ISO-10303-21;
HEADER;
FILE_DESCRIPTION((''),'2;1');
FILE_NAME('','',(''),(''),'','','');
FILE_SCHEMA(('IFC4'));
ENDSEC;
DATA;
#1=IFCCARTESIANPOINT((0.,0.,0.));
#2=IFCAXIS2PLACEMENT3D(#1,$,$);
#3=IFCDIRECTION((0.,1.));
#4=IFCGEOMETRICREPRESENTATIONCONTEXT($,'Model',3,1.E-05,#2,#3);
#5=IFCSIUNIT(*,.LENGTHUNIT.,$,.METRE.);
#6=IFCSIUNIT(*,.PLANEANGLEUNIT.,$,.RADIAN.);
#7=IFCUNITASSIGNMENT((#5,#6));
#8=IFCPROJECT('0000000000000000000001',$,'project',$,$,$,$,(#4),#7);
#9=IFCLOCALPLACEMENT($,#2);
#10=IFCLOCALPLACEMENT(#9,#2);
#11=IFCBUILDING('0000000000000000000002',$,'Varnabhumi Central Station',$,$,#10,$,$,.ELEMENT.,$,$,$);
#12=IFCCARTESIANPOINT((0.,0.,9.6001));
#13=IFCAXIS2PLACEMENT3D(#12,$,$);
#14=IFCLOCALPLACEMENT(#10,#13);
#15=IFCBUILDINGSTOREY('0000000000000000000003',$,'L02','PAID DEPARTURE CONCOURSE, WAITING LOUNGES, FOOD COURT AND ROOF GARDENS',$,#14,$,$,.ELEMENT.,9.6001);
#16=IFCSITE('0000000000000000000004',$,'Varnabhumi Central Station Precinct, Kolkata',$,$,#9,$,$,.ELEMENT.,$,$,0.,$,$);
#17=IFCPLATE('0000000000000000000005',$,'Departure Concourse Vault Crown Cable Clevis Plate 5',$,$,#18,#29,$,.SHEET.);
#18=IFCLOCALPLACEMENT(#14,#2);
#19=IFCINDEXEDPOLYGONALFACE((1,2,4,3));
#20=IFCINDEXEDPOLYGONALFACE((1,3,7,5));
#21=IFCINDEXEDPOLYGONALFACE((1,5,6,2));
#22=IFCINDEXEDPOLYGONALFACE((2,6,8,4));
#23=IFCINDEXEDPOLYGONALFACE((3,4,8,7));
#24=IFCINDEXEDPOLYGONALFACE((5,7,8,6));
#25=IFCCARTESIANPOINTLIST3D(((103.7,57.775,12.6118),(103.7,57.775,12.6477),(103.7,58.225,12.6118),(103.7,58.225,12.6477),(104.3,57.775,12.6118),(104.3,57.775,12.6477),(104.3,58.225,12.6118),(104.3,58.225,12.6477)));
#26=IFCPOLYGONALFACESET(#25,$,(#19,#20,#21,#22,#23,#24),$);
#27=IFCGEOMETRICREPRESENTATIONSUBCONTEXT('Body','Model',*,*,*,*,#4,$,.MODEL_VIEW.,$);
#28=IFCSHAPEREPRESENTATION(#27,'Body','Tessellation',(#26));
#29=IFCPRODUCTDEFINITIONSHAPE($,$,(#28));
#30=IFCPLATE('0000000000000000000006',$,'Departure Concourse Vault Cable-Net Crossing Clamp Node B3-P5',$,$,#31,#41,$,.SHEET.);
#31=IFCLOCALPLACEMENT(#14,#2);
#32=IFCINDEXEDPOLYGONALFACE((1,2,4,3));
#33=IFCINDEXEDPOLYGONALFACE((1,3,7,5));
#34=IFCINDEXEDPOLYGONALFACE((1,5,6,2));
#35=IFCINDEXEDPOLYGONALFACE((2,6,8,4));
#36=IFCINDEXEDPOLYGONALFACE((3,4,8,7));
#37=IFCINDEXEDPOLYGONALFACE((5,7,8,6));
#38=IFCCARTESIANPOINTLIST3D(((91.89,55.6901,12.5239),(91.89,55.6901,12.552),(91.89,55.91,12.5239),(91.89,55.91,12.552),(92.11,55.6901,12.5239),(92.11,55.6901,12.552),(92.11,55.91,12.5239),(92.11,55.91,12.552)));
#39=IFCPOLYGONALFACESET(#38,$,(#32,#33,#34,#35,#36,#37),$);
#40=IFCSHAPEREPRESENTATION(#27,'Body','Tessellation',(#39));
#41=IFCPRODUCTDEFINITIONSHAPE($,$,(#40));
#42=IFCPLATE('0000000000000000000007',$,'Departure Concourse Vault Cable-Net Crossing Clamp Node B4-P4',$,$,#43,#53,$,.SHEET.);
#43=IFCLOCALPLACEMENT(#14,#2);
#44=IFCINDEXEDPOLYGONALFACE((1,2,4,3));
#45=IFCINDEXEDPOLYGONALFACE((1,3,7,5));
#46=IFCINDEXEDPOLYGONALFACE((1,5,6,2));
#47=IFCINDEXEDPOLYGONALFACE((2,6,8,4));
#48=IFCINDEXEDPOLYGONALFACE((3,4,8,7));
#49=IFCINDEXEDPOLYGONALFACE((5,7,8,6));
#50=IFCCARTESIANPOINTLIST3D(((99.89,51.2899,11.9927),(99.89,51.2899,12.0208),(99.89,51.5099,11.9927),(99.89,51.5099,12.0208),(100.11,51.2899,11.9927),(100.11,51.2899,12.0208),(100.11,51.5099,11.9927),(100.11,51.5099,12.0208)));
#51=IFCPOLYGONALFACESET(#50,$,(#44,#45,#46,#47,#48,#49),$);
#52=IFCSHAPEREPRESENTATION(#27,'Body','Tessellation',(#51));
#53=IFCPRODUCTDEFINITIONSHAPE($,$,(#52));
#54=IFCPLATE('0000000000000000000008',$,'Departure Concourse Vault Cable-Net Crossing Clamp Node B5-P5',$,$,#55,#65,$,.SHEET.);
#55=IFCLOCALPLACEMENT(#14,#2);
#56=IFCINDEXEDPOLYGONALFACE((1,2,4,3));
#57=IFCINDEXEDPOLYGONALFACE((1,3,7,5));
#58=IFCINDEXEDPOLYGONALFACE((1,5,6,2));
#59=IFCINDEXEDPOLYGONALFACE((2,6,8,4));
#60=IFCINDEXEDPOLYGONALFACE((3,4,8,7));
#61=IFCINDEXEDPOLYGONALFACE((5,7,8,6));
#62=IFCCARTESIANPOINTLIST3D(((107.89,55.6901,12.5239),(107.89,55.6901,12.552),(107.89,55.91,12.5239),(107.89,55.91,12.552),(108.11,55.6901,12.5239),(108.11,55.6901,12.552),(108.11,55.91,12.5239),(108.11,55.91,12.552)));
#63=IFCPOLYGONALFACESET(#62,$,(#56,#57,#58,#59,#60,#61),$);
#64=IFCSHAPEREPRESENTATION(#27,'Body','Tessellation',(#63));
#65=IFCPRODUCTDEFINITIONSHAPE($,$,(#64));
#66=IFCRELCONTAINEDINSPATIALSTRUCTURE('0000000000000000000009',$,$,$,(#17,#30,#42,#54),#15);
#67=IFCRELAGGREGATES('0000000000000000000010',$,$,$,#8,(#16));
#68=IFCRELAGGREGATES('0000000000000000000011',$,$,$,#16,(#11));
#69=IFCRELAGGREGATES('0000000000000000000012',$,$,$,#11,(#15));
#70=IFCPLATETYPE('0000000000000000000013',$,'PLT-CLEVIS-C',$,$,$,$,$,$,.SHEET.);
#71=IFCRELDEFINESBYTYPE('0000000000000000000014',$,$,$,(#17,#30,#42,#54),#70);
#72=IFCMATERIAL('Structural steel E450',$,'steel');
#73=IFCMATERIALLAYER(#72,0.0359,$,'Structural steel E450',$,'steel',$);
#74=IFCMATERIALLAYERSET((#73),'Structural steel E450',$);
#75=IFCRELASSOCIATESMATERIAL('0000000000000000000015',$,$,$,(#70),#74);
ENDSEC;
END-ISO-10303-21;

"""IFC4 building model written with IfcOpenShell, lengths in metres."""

from ifc_helpers import new_model, si_unit, direction, frame, origin, origin_2d, place, context, subcontext, project, spatial, rectangle, extrude, material, layer, layer_set, type_object, element, save


model = new_model("IFC4")

# Units and contexts
model_context = context("Model", 3, precision=1e-05, world=origin(), true_north=direction((0.0, 1.0)))
body_context = subcontext(model_context, "Body", "Model", "MODEL_VIEW")
ifc_project = project(units=[si_unit("LENGTHUNIT", "METRE"), si_unit("PLANEANGLEUNIT", "RADIAN")], contexts=[model_context])

# Site, building, storey
site_placement = place(None, origin())
site = spatial("IfcSite", under=ifc_project, at=site_placement, Name="Varnabhumi Central Station Precinct, Kolkata", CompositionType="ELEMENT", RefElevation=0.0)
building_placement = place(site_placement, origin())
building = spatial("IfcBuilding", under=site, at=building_placement, Name="Varnabhumi Central Station", CompositionType="ELEMENT")
storey_placement = place(building_placement, frame((0.0, 0.0, 9.6001)))
storey = spatial("IfcBuildingStorey", under=building, at=storey_placement, Name="L02", Description="PAID DEPARTURE CONCOURSE, WAITING LOUNGES, FOOD COURT AND ROOF GARDENS", CompositionType="ELEMENT", Elevation=9.6001)

# Plates
ifc_material_1 = material(Name="Structural steel E450", Category="steel")
ifc_layer_1 = layer(ifc_material_1, 0.0359, Name="Structural steel E450", Category="steel")
ifc_layer_set_1 = layer_set([ifc_layer_1], Name="Structural steel E450")
plate_type = type_object("IfcPlateType", Name="PLT-CLEVIS-C", PredefinedType="SHEET", material=ifc_layer_set_1)
for number, where, z_axis, x_axis, name in (
    (1, (104.0, 58.0, 12.6118), (0.0, 0.0, 1.0), (1.0, 0.0, 0.0), "Departure Concourse Vault Crown Cable Clevis Plate 5"),
):
    element("IfcPlate", number, at=place(storey_placement, frame(where, z_axis=z_axis, x_axis=x_axis)), inside=storey, type_object=plate_type, Name=name, PredefinedType="SHEET", context=body_context, shape_type="SweptSolid", body=[
        extrude(rectangle(XDim=0.6001, YDim=0.45, at=origin_2d()), origin(), (0.0, 0.0, 1.0), 0.0359),
    ])
for number, where, z_axis, x_axis, name in (
    (2, (92.0, 55.8, 12.5239), (0.0, 0.0, 1.0), (1.0, 0.0, 0.0), "Departure Concourse Vault Cable-Net Crossing Clamp Node B3-P5"),
    (3, (100.0, 51.3999, 11.9927), (0.0, 0.0, 1.0), (1.0, 0.0, 0.0), "Departure Concourse Vault Cable-Net Crossing Clamp Node B4-P4"),
    (4, (108.0, 55.8, 12.5239), (0.0, 0.0, 1.0), (1.0, 0.0, 0.0), "Departure Concourse Vault Cable-Net Crossing Clamp Node B5-P5"),
):
    element("IfcPlate", number, at=place(storey_placement, frame(where, z_axis=z_axis, x_axis=x_axis)), inside=storey, type_object=plate_type, Name=name, PredefinedType="SHEET", context=body_context, shape_type="SweptSolid", body=[
        extrude(rectangle(XDim=0.22, YDim=0.22, at=origin_2d()), origin(), (0.0, 0.0, 1.0), 0.0281),
    ])

save(model, "model.ifc")
